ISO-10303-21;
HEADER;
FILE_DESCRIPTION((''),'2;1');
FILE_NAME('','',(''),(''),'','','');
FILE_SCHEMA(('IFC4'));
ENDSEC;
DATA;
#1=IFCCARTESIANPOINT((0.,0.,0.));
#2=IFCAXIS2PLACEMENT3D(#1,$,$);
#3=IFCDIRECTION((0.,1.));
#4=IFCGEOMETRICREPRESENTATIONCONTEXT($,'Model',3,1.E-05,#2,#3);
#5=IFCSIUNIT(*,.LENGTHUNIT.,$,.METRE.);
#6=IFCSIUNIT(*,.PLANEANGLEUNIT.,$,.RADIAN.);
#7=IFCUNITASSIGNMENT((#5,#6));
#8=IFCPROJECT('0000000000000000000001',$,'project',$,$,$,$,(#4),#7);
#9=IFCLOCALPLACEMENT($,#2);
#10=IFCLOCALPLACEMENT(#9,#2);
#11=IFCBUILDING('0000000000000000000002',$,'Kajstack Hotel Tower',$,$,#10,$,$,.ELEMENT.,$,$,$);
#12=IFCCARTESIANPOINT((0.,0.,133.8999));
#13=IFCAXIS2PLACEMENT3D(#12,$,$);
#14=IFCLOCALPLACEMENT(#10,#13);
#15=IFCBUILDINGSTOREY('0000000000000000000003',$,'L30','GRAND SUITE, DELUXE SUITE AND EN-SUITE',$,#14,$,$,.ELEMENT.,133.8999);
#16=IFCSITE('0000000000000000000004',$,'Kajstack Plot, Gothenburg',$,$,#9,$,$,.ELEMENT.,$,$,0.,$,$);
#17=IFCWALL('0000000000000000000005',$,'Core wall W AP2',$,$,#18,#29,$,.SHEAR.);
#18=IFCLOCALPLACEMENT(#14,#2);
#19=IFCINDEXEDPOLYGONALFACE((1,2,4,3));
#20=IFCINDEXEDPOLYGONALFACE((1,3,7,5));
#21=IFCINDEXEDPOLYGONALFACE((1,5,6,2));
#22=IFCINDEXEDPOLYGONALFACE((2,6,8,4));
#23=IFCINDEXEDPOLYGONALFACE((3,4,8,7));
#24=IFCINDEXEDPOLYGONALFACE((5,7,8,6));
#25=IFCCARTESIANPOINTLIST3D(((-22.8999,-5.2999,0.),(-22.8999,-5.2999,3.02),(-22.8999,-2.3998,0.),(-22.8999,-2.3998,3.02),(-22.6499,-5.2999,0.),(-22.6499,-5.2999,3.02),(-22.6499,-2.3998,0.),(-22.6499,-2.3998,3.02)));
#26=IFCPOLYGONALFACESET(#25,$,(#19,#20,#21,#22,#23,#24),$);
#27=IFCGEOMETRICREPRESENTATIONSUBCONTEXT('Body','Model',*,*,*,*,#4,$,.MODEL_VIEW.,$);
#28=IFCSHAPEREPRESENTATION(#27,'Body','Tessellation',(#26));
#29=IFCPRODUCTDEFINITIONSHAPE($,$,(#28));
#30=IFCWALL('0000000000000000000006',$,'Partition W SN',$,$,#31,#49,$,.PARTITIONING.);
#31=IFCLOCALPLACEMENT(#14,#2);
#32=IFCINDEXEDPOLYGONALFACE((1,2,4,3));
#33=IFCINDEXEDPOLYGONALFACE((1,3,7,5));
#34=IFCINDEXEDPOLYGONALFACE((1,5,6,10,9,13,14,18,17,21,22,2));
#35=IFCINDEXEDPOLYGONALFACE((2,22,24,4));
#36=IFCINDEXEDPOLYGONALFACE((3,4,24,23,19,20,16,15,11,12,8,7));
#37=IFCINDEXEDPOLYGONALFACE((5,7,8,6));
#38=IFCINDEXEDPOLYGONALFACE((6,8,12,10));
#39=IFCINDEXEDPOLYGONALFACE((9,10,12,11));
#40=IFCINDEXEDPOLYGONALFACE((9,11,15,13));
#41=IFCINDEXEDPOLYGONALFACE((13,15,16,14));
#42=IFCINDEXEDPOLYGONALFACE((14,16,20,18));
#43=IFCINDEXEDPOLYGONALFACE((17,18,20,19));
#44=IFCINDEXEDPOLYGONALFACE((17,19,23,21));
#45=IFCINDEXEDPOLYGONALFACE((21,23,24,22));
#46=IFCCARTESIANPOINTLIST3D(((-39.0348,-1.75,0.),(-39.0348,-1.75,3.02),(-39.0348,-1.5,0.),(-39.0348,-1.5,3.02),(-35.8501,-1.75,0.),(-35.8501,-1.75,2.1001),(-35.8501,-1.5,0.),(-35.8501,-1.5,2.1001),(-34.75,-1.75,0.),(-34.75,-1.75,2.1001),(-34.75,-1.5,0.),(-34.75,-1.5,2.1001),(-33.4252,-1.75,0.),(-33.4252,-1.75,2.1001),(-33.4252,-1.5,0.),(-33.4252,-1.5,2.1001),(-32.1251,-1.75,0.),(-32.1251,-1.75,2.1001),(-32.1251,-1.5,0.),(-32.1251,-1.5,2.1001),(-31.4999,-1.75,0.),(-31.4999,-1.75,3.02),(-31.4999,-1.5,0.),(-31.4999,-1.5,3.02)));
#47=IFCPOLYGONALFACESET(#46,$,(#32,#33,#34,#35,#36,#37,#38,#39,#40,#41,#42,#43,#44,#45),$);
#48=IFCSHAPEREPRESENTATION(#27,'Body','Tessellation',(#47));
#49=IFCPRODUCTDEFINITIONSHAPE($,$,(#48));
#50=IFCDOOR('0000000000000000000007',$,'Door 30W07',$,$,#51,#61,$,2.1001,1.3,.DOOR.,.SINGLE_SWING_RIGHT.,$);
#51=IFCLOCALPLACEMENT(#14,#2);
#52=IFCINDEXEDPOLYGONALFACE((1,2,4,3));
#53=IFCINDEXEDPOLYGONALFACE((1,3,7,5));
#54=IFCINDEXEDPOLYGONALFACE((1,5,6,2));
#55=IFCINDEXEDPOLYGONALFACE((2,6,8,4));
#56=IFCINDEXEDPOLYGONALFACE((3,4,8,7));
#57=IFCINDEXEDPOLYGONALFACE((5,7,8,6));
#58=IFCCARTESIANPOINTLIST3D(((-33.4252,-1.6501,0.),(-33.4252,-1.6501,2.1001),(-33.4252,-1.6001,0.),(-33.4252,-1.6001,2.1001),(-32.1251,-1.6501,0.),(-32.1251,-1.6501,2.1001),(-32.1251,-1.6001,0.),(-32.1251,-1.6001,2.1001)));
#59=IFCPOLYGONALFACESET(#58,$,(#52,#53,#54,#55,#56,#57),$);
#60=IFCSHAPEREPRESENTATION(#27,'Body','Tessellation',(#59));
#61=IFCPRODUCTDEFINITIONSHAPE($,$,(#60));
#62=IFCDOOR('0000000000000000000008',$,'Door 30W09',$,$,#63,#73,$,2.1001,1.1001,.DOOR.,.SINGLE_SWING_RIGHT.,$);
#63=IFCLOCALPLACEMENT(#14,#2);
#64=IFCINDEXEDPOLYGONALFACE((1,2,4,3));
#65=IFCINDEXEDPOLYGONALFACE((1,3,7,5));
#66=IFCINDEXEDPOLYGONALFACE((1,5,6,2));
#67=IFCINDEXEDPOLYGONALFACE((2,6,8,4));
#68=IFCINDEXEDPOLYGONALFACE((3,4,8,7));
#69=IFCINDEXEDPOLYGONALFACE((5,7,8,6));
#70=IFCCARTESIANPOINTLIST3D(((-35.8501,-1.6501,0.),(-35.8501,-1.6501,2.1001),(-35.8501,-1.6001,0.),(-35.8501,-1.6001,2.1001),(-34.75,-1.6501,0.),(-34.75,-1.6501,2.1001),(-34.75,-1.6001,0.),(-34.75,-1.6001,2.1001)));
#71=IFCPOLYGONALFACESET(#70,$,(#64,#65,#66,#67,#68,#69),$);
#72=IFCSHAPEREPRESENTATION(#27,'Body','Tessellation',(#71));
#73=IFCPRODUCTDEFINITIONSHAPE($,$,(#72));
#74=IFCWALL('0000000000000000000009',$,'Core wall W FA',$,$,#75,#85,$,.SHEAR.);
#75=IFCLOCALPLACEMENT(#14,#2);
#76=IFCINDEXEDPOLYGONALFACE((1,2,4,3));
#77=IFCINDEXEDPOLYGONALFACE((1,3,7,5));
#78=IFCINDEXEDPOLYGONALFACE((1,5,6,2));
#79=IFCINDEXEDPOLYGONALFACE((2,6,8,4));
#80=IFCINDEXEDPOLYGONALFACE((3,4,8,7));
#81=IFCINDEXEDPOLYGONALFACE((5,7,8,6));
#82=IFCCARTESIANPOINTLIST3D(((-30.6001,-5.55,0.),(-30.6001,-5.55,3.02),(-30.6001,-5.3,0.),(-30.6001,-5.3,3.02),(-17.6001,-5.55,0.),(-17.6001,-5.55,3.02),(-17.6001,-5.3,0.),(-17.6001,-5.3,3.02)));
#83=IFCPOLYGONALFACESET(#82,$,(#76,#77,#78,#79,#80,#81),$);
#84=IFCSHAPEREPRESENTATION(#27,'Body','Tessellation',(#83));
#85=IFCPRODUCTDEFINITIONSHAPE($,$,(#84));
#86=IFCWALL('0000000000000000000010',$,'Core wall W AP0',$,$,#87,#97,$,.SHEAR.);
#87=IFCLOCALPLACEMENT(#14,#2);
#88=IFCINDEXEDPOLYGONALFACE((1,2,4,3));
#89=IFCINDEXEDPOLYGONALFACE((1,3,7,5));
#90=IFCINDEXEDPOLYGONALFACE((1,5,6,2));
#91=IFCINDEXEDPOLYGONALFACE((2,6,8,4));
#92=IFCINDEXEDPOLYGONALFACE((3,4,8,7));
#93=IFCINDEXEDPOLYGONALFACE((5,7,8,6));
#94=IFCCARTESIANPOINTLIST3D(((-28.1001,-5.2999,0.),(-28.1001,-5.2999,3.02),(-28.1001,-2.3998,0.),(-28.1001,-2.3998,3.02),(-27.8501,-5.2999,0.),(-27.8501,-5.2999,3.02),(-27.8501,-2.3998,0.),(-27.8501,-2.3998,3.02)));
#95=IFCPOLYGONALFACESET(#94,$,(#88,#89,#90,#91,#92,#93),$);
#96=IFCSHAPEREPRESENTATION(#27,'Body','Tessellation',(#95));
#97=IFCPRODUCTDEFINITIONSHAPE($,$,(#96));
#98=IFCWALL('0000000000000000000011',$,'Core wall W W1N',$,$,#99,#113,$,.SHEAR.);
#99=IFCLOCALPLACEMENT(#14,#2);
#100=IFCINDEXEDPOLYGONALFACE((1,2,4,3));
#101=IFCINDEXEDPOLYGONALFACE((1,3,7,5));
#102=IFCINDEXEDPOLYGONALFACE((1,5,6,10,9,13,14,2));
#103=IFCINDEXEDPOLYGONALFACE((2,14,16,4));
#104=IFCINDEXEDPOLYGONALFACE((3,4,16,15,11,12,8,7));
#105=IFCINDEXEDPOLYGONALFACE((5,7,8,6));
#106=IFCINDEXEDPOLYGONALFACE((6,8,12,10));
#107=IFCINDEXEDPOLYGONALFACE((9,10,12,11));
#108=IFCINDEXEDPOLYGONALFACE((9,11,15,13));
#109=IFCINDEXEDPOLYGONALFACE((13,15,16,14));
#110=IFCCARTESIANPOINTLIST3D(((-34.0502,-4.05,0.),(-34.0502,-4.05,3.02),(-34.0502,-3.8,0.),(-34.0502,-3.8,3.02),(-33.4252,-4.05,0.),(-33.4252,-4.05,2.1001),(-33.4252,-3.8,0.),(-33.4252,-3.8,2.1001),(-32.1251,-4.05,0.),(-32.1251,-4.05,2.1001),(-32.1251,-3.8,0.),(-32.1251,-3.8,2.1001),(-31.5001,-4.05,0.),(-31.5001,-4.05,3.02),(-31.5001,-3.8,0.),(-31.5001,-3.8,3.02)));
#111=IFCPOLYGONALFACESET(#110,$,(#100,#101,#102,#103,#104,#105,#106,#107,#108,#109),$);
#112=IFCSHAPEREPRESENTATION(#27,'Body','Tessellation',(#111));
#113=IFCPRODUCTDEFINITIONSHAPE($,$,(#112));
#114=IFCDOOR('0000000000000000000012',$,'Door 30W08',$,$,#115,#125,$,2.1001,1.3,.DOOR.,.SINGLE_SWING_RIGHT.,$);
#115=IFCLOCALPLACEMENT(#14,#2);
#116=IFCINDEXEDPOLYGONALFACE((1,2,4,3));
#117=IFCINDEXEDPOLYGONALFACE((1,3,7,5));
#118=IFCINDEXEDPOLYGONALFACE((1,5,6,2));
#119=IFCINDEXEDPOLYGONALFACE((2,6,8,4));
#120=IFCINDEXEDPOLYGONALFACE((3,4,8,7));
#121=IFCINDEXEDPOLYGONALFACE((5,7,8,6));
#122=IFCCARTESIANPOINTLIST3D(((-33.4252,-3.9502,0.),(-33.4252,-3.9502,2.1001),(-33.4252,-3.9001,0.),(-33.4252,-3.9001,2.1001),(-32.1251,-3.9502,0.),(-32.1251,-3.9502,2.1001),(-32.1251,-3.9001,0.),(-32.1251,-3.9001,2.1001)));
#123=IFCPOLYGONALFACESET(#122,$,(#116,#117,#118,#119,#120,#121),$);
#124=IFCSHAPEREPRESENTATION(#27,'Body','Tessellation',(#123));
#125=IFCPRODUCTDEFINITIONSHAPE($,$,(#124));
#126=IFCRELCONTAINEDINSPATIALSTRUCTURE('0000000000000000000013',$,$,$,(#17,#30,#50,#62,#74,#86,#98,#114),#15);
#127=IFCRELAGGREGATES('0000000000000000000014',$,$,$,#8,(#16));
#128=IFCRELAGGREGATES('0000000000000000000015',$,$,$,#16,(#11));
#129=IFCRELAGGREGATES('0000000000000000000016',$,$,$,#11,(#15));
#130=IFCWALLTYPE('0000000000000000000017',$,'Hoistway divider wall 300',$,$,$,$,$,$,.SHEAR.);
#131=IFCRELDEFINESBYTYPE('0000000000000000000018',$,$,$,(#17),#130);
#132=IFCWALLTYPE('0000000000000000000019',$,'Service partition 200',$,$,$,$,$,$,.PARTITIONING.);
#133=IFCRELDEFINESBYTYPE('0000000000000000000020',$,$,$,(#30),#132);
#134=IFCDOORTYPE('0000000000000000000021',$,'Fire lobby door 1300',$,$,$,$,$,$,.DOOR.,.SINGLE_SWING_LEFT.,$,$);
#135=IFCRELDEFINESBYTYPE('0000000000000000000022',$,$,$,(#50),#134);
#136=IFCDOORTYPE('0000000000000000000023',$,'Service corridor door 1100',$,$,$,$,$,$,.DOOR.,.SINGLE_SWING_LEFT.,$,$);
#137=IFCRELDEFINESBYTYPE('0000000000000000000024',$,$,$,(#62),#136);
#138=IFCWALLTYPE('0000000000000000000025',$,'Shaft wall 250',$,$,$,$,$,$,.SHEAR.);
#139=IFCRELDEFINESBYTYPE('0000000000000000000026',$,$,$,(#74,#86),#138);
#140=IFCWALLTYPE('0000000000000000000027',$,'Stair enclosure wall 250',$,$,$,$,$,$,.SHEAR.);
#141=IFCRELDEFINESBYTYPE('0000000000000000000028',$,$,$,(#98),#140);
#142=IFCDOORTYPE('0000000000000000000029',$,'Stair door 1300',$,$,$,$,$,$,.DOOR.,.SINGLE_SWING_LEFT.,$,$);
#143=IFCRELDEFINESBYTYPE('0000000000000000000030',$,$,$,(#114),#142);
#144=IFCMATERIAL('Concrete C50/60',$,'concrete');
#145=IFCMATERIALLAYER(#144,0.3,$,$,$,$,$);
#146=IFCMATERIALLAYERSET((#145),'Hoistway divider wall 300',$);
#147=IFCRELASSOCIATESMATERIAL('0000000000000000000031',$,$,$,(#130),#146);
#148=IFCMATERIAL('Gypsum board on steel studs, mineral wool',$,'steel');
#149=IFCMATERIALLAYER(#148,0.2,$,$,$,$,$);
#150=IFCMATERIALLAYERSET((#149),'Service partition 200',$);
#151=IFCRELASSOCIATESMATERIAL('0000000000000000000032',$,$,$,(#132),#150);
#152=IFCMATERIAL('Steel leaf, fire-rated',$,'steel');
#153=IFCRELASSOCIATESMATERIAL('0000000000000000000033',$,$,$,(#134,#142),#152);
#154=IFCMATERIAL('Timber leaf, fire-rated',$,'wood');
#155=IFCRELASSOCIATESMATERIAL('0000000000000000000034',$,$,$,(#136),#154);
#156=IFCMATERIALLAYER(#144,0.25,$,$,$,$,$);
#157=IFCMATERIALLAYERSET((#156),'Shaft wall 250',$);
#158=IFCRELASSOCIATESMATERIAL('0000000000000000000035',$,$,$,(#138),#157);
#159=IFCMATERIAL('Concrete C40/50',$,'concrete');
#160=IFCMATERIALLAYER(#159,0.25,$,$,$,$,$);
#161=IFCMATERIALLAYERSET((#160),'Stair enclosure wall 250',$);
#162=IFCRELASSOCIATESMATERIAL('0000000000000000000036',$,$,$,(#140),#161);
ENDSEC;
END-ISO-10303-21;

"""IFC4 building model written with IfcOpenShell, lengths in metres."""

from ifc_helpers import new_model, si_unit, direction, frame, frame_2d, origin, place, context, subcontext, project, spatial, rectangle, extrude, material, layer, layer_set, type_object, element, fill, save


model = new_model("IFC4")

# Units and contexts
model_context = context("Model", 3, precision=1e-05, world=origin(), true_north=direction((0.0, 1.0)))
body_context = subcontext(model_context, "Body", "Model", "MODEL_VIEW")
ifc_project = project(units=[si_unit("LENGTHUNIT", "METRE"), si_unit("PLANEANGLEUNIT", "RADIAN")], contexts=[model_context])

# Site, building, storey
site_placement = place(None, origin())
site = spatial("IfcSite", under=ifc_project, at=site_placement, Name="Kajstack Plot, Gothenburg", CompositionType="ELEMENT", RefElevation=0.0)
building_placement = place(site_placement, origin())
building = spatial("IfcBuilding", under=site, at=building_placement, Name="Kajstack Hotel Tower", CompositionType="ELEMENT")
storey_placement = place(building_placement, frame((0.0, 0.0, 133.8999)))
storey = spatial("IfcBuildingStorey", under=building, at=storey_placement, Name="L30", Description="GRAND SUITE, DELUXE SUITE AND EN-SUITE", CompositionType="ELEMENT", Elevation=133.8999)

# Shared definitions
ifc_material_1 = material(Name="Gypsum board on steel studs, mineral wool", Category="steel")

# Wall
ifc_material_2 = material(Name="Concrete C50/60", Category="concrete")
ifc_layer_1 = layer(ifc_material_2, 0.3)
ifc_layer_set_1 = layer_set([ifc_layer_1], Name="Hoistway divider wall 300")
wall_type_1 = type_object("IfcWallType", Name="Hoistway divider wall 300", PredefinedType="SHEAR", material=ifc_layer_set_1)
wall_1_placement = place(storey_placement, frame((-22.7749, -5.3, 0.0), z_axis=(0.0, 0.0, 1.0), x_axis=(0.0, 1.0, 0.0)))
element("IfcWall", 1, at=wall_1_placement, inside=storey, type_object=wall_type_1, Name="Core wall W AP2", PredefinedType="SHEAR", context=body_context, shape_type="SweptSolid", body=[
    extrude(rectangle(XDim=2.9001, YDim=0.25, at=frame_2d((1.4502, 0.0))), origin(), (0.0, 0.0, 1.0), 3.02),
])

# Wall, openings, doors
ifc_layer_2 = layer(ifc_material_1, 0.2)
ifc_layer_set_2 = layer_set([ifc_layer_2], Name="Service partition 200")
wall_type_2 = type_object("IfcWallType", Name="Service partition 200", PredefinedType="PARTITIONING", material=ifc_layer_set_2)
wall_2_placement = place(storey_placement, frame((-39.0349, -1.625, 0.0), z_axis=(0.0, 0.0, 1.0), x_axis=(1.0, 0.0, 0.0)))
wall_2 = element("IfcWall", 2, at=wall_2_placement, inside=storey, type_object=wall_type_2, Name="Partition W SN", PredefinedType="PARTITIONING", context=body_context, shape_type="SweptSolid", body=[
    extrude(rectangle(XDim=7.5349, YDim=0.25, at=frame_2d((3.7676, 0.0))), origin(), (0.0, 0.0, 1.0), 3.02),
])
opening_1_placement = place(wall_2_placement, frame((5.6099, 0.0, 0.0)))
opening_1 = element("IfcOpeningElement", 3, at=opening_1_placement, cuts=wall_2, PredefinedType="OPENING", context=body_context, shape_type="SweptSolid", body=[
    extrude(rectangle(XDim=1.3, YDim=2.1001, at=frame_2d((0.6499, 1.05))), frame((0.0, 0.135, 0.0), z_axis=(0.0, -1.0, 0.0), x_axis=(1.0, 0.0, 0.0)), (0.0, 0.0, 1.0), 0.27),
])
opening_2_placement = place(wall_2_placement, frame((3.1848, 0.0, 0.0)))
opening_2 = element("IfcOpeningElement", 4, at=opening_2_placement, cuts=wall_2, PredefinedType="OPENING", context=body_context, shape_type="SweptSolid", body=[
    extrude(rectangle(XDim=1.1001, YDim=2.1001, at=frame_2d((0.55, 1.05))), frame((0.0, 0.135, 0.0), z_axis=(0.0, -1.0, 0.0), x_axis=(1.0, 0.0, 0.0)), (0.0, 0.0, 1.0), 0.27),
])
ifc_material_3 = material(Name="Steel leaf, fire-rated", Category="steel")
door_type_1 = type_object("IfcDoorType", Name="Fire lobby door 1300", OperationType="SINGLE_SWING_LEFT", PredefinedType="DOOR", material=ifc_material_3)
door_1_placement = place(opening_1_placement, origin())
door_1 = element("IfcDoor", 5, at=door_1_placement, inside=storey, type_object=door_type_1, Name="Door 30W07", OperationType="SINGLE_SWING_RIGHT", OverallHeight=2.1001, OverallWidth=1.3, PredefinedType="DOOR", context=body_context, shape_type="SweptSolid", body=[
    extrude(rectangle(XDim=1.3, YDim=2.1001, at=frame_2d((0.6499, 1.05))), frame((0.0, 0.0249, 0.0), z_axis=(0.0, -1.0, 0.0), x_axis=(1.0, 0.0, 0.0)), (0.0, 0.0, 1.0), 0.05),
])
fill(opening_1, door_1)
ifc_material_4 = material(Name="Timber leaf, fire-rated", Category="wood")
door_type_2 = type_object("IfcDoorType", Name="Service corridor door 1100", OperationType="SINGLE_SWING_LEFT", PredefinedType="DOOR", material=ifc_material_4)
door_2_placement = place(opening_2_placement, origin())
door_2 = element("IfcDoor", 6, at=door_2_placement, inside=storey, type_object=door_type_2, Name="Door 30W09", OperationType="SINGLE_SWING_RIGHT", OverallHeight=2.1001, OverallWidth=1.1001, PredefinedType="DOOR", context=body_context, shape_type="SweptSolid", body=[
    extrude(rectangle(XDim=1.1001, YDim=2.1001, at=frame_2d((0.55, 1.05))), frame((0.0, 0.0249, 0.0), z_axis=(0.0, -1.0, 0.0), x_axis=(1.0, 0.0, 0.0)), (0.0, 0.0, 1.0), 0.05),
])
fill(opening_2, door_2)

# Walls
ifc_layer_3 = layer(ifc_material_2, 0.25)
ifc_layer_set_3 = layer_set([ifc_layer_3], Name="Shaft wall 250")
wall_type_3 = type_object("IfcWallType", Name="Shaft wall 250", PredefinedType="SHEAR", material=ifc_layer_set_3)
wall_3_placement = place(storey_placement, frame((-30.6001, -5.425, 0.0), z_axis=(0.0, 0.0, 1.0), x_axis=(1.0, 0.0, 0.0)))
element("IfcWall", 7, at=wall_3_placement, inside=storey, type_object=wall_type_3, Name="Core wall W FA", PredefinedType="SHEAR", context=body_context, shape_type="SweptSolid", body=[
    extrude(rectangle(XDim=13.0, YDim=0.25, at=frame_2d((6.5, 0.0))), origin(), (0.0, 0.0, 1.0), 3.02),
])
wall_4_placement = place(storey_placement, frame((-27.9751, -5.3, 0.0), z_axis=(0.0, 0.0, 1.0), x_axis=(0.0, 1.0, 0.0)))
element("IfcWall", 8, at=wall_4_placement, inside=storey, type_object=wall_type_3, Name="Core wall W AP0", PredefinedType="SHEAR", context=body_context, shape_type="SweptSolid", body=[
    extrude(rectangle(XDim=2.9001, YDim=0.25, at=frame_2d((1.4502, 0.0))), origin(), (0.0, 0.0, 1.0), 3.02),
])

# Wall, opening, door
ifc_material_5 = material(Name="Concrete C40/50", Category="concrete")
ifc_layer_4 = layer(ifc_material_5, 0.25)
ifc_layer_set_4 = layer_set([ifc_layer_4], Name="Stair enclosure wall 250")
wall_type_4 = type_object("IfcWallType", Name="Stair enclosure wall 250", PredefinedType="SHEAR", material=ifc_layer_set_4)
wall_5_placement = place(storey_placement, frame((-34.05, -3.925, 0.0), z_axis=(0.0, 0.0, 1.0), x_axis=(1.0, 0.0, 0.0)))
wall_5 = element("IfcWall", 9, at=wall_5_placement, inside=storey, type_object=wall_type_4, Name="Core wall W W1N", PredefinedType="SHEAR", context=body_context, shape_type="SweptSolid", body=[
    extrude(rectangle(XDim=2.55, YDim=0.25, at=frame_2d((1.2749, 0.0))), origin(), (0.0, 0.0, 1.0), 3.02),
])
opening_3_placement = place(wall_5_placement, frame((0.625, 0.0, 0.0)))
opening_3 = element("IfcOpeningElement", 10, at=opening_3_placement, cuts=wall_5, PredefinedType="OPENING", context=body_context, shape_type="SweptSolid", body=[
    extrude(rectangle(XDim=1.3, YDim=2.1001, at=frame_2d((0.6499, 1.05))), frame((0.0, 0.135, 0.0), z_axis=(0.0, -1.0, 0.0), x_axis=(1.0, 0.0, 0.0)), (0.0, 0.0, 1.0), 0.27),
])
door_type_3 = type_object("IfcDoorType", Name="Stair door 1300", OperationType="SINGLE_SWING_LEFT", PredefinedType="DOOR", material=ifc_material_3)
door_3_placement = place(opening_3_placement, origin())
door_3 = element("IfcDoor", 11, at=door_3_placement, inside=storey, type_object=door_type_3, Name="Door 30W08", OperationType="SINGLE_SWING_RIGHT", OverallHeight=2.1001, OverallWidth=1.3, PredefinedType="DOOR", context=body_context, shape_type="SweptSolid", body=[
    extrude(rectangle(XDim=1.3, YDim=2.1001, at=frame_2d((0.6499, 1.05))), frame((0.0, 0.0249, 0.0), z_axis=(0.0, -1.0, 0.0), x_axis=(1.0, 0.0, 0.0)), (0.0, 0.0, 1.0), 0.05),
])
fill(opening_3, door_3)

save(model, "model.ifc")
